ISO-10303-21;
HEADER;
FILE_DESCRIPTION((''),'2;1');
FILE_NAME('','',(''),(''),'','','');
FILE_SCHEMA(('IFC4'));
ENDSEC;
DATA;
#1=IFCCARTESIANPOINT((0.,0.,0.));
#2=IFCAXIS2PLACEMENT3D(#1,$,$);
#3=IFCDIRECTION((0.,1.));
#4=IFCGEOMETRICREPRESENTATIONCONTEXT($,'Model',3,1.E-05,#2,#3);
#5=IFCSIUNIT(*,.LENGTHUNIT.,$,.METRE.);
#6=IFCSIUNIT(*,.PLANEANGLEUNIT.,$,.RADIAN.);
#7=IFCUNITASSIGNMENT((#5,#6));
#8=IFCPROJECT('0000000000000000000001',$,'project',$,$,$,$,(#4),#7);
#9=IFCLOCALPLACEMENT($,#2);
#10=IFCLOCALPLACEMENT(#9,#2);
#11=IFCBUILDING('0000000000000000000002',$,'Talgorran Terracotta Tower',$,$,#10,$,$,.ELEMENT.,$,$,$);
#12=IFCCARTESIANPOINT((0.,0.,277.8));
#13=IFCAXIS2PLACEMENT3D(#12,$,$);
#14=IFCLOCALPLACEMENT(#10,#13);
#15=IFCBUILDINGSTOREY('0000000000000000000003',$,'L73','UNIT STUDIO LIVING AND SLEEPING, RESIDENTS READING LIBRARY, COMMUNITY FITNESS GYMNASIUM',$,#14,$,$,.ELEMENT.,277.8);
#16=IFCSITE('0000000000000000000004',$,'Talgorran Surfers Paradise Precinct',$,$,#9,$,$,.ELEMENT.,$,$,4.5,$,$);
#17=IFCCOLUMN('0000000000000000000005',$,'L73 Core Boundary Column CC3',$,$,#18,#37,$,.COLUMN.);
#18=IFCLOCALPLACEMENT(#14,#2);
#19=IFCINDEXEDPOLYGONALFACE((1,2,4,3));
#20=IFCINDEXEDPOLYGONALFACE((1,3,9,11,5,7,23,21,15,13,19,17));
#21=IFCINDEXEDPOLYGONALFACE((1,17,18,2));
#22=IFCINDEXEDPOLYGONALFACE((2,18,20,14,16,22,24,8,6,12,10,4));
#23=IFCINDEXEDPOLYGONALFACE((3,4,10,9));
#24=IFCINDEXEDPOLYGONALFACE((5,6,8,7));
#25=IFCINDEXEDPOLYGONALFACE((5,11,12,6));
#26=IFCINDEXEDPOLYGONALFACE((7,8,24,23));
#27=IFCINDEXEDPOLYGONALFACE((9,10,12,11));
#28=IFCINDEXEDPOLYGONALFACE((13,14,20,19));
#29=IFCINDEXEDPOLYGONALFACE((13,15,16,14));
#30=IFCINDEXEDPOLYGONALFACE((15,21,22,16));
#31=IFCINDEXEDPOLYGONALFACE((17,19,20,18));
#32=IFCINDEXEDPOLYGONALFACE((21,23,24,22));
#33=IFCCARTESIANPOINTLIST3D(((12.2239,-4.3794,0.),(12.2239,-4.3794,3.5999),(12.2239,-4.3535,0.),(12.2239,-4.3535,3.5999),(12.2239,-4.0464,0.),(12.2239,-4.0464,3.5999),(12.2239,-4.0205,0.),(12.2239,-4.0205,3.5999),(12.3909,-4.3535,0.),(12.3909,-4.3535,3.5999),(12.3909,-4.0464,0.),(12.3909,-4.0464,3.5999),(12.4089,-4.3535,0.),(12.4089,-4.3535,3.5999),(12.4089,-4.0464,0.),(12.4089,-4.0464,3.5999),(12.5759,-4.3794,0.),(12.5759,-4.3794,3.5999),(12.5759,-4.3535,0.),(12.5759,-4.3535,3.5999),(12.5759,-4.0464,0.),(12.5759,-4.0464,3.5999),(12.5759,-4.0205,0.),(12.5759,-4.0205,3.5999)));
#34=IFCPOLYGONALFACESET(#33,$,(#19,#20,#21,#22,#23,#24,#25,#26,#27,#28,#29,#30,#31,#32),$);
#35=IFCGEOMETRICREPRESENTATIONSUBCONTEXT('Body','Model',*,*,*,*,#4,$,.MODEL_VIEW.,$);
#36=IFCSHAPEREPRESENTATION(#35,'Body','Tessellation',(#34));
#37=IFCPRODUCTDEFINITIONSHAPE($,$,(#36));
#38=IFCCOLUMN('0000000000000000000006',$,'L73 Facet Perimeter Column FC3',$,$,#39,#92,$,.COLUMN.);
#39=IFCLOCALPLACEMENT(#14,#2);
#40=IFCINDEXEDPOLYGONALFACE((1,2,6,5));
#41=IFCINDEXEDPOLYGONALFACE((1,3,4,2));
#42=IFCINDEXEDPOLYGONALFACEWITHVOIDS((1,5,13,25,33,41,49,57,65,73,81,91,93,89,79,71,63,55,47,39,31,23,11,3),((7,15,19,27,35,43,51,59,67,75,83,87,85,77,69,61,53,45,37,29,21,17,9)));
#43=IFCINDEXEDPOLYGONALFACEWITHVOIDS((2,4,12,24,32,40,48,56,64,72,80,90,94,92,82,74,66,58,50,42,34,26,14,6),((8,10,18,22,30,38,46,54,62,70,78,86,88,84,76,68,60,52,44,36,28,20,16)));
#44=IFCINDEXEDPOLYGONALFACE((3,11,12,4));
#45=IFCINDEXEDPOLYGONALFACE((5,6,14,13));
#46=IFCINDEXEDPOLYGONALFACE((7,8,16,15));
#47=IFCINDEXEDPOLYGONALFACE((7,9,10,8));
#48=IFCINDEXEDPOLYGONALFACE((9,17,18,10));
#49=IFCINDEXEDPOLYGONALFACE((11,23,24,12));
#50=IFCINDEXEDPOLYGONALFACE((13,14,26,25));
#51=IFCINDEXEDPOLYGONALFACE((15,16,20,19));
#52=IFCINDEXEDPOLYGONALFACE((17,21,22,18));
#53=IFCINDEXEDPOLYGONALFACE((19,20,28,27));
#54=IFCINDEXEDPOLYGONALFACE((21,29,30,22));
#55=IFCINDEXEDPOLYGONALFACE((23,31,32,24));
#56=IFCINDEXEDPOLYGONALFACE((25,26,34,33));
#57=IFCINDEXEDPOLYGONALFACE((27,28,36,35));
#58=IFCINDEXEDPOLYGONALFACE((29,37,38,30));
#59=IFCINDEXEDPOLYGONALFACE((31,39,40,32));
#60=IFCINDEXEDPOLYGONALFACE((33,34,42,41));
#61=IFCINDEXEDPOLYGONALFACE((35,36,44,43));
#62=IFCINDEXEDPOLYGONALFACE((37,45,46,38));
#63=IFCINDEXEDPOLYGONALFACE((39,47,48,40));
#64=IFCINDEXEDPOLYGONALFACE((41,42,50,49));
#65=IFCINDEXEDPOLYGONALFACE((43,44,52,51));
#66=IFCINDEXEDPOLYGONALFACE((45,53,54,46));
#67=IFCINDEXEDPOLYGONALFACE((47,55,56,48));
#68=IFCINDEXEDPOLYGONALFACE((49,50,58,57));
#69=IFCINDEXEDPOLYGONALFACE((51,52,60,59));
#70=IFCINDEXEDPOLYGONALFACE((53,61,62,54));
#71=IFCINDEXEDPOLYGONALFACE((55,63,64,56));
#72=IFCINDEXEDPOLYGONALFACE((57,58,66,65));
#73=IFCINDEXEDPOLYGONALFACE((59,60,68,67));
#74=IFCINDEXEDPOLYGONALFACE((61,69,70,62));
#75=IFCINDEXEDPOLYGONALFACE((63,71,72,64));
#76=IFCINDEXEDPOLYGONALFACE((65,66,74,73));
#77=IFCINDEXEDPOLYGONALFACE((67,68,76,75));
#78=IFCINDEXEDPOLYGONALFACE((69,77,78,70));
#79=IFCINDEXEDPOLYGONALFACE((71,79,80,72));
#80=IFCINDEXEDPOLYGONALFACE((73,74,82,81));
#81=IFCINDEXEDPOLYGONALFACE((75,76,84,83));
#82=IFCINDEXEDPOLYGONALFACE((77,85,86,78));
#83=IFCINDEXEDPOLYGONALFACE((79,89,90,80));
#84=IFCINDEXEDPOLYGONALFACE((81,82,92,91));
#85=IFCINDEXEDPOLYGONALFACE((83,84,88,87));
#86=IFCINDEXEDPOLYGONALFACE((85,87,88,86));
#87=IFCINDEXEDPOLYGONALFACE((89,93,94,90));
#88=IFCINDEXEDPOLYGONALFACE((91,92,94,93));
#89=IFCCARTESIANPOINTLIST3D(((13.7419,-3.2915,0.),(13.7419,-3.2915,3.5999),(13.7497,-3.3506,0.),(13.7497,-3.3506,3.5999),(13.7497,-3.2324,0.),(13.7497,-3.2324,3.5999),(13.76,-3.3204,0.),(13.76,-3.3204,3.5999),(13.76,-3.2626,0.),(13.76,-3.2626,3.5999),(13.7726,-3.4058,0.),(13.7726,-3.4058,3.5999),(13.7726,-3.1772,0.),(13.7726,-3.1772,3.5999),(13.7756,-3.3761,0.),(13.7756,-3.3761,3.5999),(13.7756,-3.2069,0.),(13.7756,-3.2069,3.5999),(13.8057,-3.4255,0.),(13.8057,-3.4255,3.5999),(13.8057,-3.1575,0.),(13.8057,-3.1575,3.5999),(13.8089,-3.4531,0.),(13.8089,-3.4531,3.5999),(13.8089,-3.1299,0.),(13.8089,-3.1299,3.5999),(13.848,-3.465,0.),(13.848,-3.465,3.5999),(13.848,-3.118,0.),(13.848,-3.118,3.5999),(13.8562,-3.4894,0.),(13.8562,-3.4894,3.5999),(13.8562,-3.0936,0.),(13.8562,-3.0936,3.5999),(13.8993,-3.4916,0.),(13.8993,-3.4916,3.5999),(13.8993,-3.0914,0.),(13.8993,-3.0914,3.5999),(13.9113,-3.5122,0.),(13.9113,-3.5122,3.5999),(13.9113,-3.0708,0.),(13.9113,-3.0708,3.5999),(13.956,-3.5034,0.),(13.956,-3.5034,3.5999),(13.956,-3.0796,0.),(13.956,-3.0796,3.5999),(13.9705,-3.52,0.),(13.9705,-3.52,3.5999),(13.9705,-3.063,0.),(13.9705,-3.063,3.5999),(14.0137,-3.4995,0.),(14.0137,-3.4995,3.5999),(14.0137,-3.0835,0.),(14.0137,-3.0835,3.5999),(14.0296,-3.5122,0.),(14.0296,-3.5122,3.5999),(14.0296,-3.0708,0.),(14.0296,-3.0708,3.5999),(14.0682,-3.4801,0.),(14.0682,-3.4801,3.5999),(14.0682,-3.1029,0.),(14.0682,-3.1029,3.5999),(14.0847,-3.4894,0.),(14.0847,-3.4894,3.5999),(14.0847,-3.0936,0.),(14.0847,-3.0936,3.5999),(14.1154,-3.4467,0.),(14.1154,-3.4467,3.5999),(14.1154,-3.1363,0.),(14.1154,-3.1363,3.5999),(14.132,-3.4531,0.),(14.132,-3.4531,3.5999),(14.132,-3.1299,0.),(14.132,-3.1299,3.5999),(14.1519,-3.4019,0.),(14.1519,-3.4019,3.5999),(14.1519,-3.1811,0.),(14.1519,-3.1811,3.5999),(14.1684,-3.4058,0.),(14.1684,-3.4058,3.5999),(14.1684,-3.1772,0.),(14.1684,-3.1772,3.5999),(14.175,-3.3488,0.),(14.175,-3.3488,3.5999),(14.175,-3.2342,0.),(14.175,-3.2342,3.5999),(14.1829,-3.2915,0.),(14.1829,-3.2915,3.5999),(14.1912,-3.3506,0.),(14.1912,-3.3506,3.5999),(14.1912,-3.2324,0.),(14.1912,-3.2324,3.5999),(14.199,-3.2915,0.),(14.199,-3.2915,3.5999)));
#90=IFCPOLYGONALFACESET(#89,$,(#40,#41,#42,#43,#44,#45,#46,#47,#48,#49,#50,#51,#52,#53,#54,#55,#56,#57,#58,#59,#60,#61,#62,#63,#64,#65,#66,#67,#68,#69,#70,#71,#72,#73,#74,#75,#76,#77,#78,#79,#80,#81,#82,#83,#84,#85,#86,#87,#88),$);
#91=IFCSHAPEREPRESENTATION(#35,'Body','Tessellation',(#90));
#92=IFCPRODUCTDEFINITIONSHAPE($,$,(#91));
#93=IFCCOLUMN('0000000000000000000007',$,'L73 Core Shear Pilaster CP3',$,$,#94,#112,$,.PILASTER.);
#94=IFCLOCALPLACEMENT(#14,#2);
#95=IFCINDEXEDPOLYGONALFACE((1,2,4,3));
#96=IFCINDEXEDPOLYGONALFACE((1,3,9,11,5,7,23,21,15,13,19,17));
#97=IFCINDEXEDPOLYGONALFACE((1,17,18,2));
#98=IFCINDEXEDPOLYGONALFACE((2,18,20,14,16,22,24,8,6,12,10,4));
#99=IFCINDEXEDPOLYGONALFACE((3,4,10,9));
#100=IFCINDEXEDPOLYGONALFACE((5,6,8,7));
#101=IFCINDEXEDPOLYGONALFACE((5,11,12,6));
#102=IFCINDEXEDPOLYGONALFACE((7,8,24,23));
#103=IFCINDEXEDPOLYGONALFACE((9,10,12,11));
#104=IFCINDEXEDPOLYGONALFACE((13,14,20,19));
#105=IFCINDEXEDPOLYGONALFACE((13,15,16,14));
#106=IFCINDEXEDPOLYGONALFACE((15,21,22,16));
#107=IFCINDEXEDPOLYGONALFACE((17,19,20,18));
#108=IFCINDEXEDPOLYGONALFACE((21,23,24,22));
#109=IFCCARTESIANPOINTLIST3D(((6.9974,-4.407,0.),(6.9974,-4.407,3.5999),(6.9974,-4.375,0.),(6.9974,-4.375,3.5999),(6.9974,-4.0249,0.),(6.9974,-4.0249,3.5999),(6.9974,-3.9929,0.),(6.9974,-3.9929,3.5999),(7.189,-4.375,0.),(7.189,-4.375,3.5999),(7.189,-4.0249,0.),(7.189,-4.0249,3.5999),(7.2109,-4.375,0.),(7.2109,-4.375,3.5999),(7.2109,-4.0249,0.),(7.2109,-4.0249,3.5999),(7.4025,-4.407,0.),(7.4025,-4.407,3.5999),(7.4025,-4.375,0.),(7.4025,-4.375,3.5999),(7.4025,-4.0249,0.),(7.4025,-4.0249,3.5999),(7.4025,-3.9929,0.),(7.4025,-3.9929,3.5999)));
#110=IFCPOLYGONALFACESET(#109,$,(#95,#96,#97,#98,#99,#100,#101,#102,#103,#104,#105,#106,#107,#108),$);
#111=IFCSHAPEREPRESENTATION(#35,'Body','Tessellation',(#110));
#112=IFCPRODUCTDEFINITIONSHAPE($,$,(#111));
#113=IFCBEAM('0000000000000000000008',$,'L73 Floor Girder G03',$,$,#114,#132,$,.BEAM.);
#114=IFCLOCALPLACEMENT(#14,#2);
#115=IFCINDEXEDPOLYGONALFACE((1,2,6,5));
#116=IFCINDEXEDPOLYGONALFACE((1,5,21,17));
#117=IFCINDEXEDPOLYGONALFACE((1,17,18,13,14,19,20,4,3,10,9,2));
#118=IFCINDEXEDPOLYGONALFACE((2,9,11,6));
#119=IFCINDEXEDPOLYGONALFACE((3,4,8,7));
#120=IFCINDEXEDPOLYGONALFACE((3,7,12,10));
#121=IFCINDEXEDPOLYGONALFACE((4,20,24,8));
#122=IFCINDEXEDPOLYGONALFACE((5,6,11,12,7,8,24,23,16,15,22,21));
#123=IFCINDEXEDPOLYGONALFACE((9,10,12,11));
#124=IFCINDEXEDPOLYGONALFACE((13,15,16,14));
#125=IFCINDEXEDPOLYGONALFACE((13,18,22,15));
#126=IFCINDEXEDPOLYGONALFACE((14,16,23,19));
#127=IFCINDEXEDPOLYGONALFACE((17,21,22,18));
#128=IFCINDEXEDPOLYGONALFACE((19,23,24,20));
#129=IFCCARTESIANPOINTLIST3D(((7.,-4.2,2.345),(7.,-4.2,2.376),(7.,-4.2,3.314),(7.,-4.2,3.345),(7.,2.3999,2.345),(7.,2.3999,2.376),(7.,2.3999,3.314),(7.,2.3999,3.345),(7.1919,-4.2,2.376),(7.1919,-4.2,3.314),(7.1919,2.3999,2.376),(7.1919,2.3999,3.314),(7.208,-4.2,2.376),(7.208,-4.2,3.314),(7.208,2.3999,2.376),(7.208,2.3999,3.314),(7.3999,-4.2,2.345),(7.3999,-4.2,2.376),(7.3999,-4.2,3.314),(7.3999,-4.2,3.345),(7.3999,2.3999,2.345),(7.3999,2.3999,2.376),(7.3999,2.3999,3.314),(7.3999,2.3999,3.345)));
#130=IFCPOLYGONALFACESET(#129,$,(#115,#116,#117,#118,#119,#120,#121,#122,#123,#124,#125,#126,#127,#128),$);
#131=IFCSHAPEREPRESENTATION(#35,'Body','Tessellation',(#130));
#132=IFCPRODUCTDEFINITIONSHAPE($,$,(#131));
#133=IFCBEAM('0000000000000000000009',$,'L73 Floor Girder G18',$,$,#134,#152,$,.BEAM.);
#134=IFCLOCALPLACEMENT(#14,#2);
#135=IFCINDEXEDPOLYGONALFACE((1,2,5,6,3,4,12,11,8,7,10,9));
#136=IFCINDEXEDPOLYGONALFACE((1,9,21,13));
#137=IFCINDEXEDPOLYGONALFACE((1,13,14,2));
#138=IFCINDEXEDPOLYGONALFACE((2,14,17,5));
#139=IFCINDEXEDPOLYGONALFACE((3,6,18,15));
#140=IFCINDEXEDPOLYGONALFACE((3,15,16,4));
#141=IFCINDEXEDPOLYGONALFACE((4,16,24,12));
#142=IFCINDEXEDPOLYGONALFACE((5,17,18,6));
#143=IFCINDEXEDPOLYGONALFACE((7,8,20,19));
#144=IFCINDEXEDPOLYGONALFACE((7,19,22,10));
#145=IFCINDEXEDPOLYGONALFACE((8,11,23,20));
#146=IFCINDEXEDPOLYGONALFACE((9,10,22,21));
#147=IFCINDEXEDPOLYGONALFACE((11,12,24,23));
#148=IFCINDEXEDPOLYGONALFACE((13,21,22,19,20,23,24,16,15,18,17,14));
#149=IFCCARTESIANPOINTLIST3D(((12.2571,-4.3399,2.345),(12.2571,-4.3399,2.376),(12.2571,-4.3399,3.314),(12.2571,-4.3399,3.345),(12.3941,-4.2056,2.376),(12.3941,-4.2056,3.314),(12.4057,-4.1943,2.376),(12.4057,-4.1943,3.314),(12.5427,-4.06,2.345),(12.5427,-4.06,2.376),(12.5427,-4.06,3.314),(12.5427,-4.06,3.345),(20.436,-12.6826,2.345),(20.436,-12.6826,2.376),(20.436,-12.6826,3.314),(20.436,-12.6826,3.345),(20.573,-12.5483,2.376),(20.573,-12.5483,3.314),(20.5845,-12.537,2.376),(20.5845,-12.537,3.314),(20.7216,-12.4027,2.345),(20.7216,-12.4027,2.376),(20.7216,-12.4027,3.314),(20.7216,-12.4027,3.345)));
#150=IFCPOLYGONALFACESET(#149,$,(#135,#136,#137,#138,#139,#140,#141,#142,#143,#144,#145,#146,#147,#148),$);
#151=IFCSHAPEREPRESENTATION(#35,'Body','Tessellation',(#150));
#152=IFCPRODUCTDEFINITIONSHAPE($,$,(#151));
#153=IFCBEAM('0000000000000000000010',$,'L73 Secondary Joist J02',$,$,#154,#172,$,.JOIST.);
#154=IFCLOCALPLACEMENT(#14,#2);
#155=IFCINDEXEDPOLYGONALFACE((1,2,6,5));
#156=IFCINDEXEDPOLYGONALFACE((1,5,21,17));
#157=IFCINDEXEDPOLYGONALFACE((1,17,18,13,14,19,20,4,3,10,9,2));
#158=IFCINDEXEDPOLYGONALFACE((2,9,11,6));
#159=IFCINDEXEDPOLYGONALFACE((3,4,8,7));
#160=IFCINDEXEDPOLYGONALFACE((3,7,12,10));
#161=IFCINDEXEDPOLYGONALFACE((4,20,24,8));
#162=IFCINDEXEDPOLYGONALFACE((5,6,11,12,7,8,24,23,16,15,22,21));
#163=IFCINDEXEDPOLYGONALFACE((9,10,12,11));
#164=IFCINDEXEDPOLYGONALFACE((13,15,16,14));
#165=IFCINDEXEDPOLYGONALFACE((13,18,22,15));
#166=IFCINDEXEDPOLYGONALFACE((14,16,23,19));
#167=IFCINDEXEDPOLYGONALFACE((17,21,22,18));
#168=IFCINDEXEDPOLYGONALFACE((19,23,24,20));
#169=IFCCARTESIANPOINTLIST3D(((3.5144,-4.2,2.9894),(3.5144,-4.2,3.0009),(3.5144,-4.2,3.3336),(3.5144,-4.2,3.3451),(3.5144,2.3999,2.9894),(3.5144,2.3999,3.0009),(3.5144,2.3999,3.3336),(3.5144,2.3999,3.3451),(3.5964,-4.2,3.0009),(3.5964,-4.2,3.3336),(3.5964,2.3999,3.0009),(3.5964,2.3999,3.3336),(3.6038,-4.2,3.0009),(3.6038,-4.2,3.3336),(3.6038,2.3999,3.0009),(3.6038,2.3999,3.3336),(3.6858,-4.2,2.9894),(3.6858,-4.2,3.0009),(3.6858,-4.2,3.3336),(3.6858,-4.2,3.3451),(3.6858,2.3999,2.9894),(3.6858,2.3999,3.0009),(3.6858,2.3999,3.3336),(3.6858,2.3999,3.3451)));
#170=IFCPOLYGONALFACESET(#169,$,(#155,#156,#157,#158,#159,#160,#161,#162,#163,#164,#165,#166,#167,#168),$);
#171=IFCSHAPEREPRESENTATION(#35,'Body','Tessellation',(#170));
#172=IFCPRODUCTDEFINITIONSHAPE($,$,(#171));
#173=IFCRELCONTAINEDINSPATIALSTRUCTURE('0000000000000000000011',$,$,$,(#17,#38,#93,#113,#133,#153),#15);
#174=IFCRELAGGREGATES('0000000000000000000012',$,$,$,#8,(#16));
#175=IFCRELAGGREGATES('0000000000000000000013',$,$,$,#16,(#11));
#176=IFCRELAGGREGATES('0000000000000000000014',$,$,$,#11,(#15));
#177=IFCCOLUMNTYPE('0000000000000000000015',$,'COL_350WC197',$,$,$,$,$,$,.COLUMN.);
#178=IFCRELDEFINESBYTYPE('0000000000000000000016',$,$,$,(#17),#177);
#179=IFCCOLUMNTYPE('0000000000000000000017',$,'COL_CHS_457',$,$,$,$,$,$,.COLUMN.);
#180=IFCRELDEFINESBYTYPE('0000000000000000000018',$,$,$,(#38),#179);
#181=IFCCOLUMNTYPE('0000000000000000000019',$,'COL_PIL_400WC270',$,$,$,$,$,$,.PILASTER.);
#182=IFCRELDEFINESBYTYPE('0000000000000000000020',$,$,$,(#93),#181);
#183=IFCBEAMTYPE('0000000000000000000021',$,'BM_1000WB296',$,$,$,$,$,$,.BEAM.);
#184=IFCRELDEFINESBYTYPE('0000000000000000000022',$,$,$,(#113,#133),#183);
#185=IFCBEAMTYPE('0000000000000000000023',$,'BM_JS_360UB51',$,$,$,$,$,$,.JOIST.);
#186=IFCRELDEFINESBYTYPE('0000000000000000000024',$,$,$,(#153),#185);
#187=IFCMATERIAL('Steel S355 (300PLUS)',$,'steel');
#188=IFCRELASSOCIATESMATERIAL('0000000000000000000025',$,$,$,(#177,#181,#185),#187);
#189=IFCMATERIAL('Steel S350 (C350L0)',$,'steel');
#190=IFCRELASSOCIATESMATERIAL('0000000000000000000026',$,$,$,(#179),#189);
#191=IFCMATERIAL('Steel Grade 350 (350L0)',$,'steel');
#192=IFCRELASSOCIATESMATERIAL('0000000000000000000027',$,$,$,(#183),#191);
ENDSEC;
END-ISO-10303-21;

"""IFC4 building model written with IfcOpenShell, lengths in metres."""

from ifc_helpers import new_model, si_unit, direction, frame, origin, origin_2d, place, context, subcontext, project, spatial, hollow_circle, i_section, extrude, material, material_profile, profile_set, type_object, element, save


model = new_model("IFC4")

# Units and contexts
model_context = context("Model", 3, precision=1e-05, world=origin(), true_north=direction((0.0, 1.0)))
body_context = subcontext(model_context, "Body", "Model", "MODEL_VIEW")
ifc_project = project(units=[si_unit("LENGTHUNIT", "METRE"), si_unit("PLANEANGLEUNIT", "RADIAN")], contexts=[model_context])

# Site, building, storey
site_placement = place(None, origin())
site = spatial("IfcSite", under=ifc_project, at=site_placement, Name="Talgorran Surfers Paradise Precinct", CompositionType="ELEMENT", RefElevation=4.5)
building_placement = place(site_placement, origin())
building = spatial("IfcBuilding", under=site, at=building_placement, Name="Talgorran Terracotta Tower", CompositionType="ELEMENT")
storey_placement = place(building_placement, frame((0.0, 0.0, 277.8)))
storey = spatial("IfcBuildingStorey", under=building, at=storey_placement, Name="L73", Description="UNIT STUDIO LIVING AND SLEEPING, RESIDENTS READING LIBRARY, COMMUNITY FITNESS GYMNASIUM", CompositionType="ELEMENT", Elevation=277.8)

# Columns
ifc_material_1 = material(Name="Steel S355 (300PLUS)", Category="steel")
ifc_material_profile_1 = material_profile(ifc_material_1, i_section(OverallWidth=0.3521, OverallDepth=0.3589, WebThickness=0.0181, FlangeThickness=0.0259, at=origin_2d()), Name="350WC197")
ifc_profile_set_1 = profile_set([ifc_material_profile_1], Name="Steel S355 (300PLUS)")
column_type_1 = type_object("IfcColumnType", Name="COL_350WC197", PredefinedType="COLUMN", material=ifc_profile_set_1)
column_1_placement = place(storey_placement, frame((12.3999, -4.2, 0.0), z_axis=(0.0, 0.0, 1.0), x_axis=(1.0, 0.0, 0.0)))
element("IfcColumn", 1, at=column_1_placement, inside=storey, type_object=column_type_1, Name="L73 Core Boundary Column CC3", PredefinedType="COLUMN", context=body_context, shape_type="SweptSolid", body=[
    extrude(i_section(OverallWidth=0.3521, OverallDepth=0.3589, WebThickness=0.0181, FlangeThickness=0.0259, at=origin_2d()), origin(), (0.0, 0.0, 1.0), 3.5999),
])
ifc_material_2 = material(Name="Steel S350 (C350L0)", Category="steel")
ifc_material_profile_2 = material_profile(ifc_material_2, hollow_circle(Radius=0.2285, WallThickness=0.0161, at=origin_2d()), Name="CHS457X16")
ifc_profile_set_2 = profile_set([ifc_material_profile_2], Name="Steel S350 (C350L0)")
column_type_2 = type_object("IfcColumnType", Name="COL_CHS_457", PredefinedType="COLUMN", material=ifc_profile_set_2)
column_2_placement = place(storey_placement, frame((13.9705, -3.2915, 0.0), z_axis=(0.0, 0.0, 1.0), x_axis=(1.0, 0.0, 0.0)))
element("IfcColumn", 2, at=column_2_placement, inside=storey, type_object=column_type_2, Name="L73 Facet Perimeter Column FC3", PredefinedType="COLUMN", context=body_context, shape_type="SweptSolid", body=[
    extrude(hollow_circle(Radius=0.2285, WallThickness=0.0161, at=origin_2d()), origin(), (0.0, 0.0, 1.0), 3.5999),
])
ifc_material_profile_3 = material_profile(ifc_material_1, i_section(OverallWidth=0.405, OverallDepth=0.4141, WebThickness=0.022, FlangeThickness=0.032, at=origin_2d()), Name="400WC270")
ifc_profile_set_3 = profile_set([ifc_material_profile_3], Name="Steel S355 (300PLUS)")
column_type_3 = type_object("IfcColumnType", Name="COL_PIL_400WC270", PredefinedType="PILASTER", material=ifc_profile_set_3)
column_3_placement = place(storey_placement, frame((7.2, -4.2, 0.0), z_axis=(0.0, 0.0, 1.0), x_axis=(1.0, 0.0, 0.0)))
element("IfcColumn", 3, at=column_3_placement, inside=storey, type_object=column_type_3, Name="L73 Core Shear Pilaster CP3", PredefinedType="PILASTER", context=body_context, shape_type="SweptSolid", body=[
    extrude(i_section(OverallWidth=0.405, OverallDepth=0.4141, WebThickness=0.022, FlangeThickness=0.032, at=origin_2d()), origin(), (0.0, 0.0, 1.0), 3.5999),
])

# Beams
ifc_material_3 = material(Name="Steel Grade 350 (350L0)", Category="steel")
ifc_material_profile_4 = material_profile(ifc_material_3, i_section(OverallWidth=0.3999, OverallDepth=1.0, WebThickness=0.0161, FlangeThickness=0.031, at=origin_2d()), Name="1000WB296")
ifc_profile_set_4 = profile_set([ifc_material_profile_4], Name="Steel Grade 350 (350L0)")
beam_type_1 = type_object("IfcBeamType", Name="BM_1000WB296", PredefinedType="BEAM", material=ifc_profile_set_4)
beam_1_placement = place(storey_placement, frame((7.2, -4.2, 2.845), z_axis=(0.0, 1.0, 0.0), x_axis=(-1.0, 0.0, 0.0)))
element("IfcBeam", 4, at=beam_1_placement, inside=storey, type_object=beam_type_1, Name="L73 Floor Girder G03", PredefinedType="BEAM", context=body_context, shape_type="SweptSolid", body=[
    extrude(i_section(OverallWidth=0.3999, OverallDepth=1.0, WebThickness=0.0161, FlangeThickness=0.031, at=origin_2d()), origin(), (0.0, 0.0, 1.0), 6.5999),
])
beam_2_placement = place(storey_placement, frame((12.3999, -4.2, 2.845), z_axis=(0.700061, -0.714083, 0.0), x_axis=(0.714083, 0.700061, 0.0)))
element("IfcBeam", 5, at=beam_2_placement, inside=storey, type_object=beam_type_1, Name="L73 Floor Girder G18", PredefinedType="BEAM", context=body_context, shape_type="SweptSolid", body=[
    extrude(i_section(OverallWidth=0.3999, OverallDepth=1.0, WebThickness=0.0161, FlangeThickness=0.031, at=origin_2d()), origin(), (0.0, 0.0, 1.0), 11.6831),
])
ifc_material_profile_5 = material_profile(ifc_material_1, i_section(OverallWidth=0.1714, OverallDepth=0.3557, WebThickness=0.0073, FlangeThickness=0.0115, at=origin_2d()), Name="360UB50.7")
ifc_profile_set_5 = profile_set([ifc_material_profile_5], Name="Steel S355 (300PLUS)")
beam_type_2 = type_object("IfcBeamType", Name="BM_JS_360UB51", PredefinedType="JOIST", material=ifc_profile_set_5)
beam_3_placement = place(storey_placement, frame((3.6001, -4.2, 3.1672), z_axis=(0.0, 1.0, 0.0), x_axis=(-1.0, 0.0, 0.0)))
element("IfcBeam", 6, at=beam_3_placement, inside=storey, type_object=beam_type_2, Name="L73 Secondary Joist J02", PredefinedType="JOIST", context=body_context, shape_type="SweptSolid", body=[
    extrude(i_section(OverallWidth=0.1714, OverallDepth=0.3557, WebThickness=0.0073, FlangeThickness=0.0115, at=origin_2d()), origin(), (0.0, 0.0, 1.0), 6.5999),
])

save(model, "model.ifc")
